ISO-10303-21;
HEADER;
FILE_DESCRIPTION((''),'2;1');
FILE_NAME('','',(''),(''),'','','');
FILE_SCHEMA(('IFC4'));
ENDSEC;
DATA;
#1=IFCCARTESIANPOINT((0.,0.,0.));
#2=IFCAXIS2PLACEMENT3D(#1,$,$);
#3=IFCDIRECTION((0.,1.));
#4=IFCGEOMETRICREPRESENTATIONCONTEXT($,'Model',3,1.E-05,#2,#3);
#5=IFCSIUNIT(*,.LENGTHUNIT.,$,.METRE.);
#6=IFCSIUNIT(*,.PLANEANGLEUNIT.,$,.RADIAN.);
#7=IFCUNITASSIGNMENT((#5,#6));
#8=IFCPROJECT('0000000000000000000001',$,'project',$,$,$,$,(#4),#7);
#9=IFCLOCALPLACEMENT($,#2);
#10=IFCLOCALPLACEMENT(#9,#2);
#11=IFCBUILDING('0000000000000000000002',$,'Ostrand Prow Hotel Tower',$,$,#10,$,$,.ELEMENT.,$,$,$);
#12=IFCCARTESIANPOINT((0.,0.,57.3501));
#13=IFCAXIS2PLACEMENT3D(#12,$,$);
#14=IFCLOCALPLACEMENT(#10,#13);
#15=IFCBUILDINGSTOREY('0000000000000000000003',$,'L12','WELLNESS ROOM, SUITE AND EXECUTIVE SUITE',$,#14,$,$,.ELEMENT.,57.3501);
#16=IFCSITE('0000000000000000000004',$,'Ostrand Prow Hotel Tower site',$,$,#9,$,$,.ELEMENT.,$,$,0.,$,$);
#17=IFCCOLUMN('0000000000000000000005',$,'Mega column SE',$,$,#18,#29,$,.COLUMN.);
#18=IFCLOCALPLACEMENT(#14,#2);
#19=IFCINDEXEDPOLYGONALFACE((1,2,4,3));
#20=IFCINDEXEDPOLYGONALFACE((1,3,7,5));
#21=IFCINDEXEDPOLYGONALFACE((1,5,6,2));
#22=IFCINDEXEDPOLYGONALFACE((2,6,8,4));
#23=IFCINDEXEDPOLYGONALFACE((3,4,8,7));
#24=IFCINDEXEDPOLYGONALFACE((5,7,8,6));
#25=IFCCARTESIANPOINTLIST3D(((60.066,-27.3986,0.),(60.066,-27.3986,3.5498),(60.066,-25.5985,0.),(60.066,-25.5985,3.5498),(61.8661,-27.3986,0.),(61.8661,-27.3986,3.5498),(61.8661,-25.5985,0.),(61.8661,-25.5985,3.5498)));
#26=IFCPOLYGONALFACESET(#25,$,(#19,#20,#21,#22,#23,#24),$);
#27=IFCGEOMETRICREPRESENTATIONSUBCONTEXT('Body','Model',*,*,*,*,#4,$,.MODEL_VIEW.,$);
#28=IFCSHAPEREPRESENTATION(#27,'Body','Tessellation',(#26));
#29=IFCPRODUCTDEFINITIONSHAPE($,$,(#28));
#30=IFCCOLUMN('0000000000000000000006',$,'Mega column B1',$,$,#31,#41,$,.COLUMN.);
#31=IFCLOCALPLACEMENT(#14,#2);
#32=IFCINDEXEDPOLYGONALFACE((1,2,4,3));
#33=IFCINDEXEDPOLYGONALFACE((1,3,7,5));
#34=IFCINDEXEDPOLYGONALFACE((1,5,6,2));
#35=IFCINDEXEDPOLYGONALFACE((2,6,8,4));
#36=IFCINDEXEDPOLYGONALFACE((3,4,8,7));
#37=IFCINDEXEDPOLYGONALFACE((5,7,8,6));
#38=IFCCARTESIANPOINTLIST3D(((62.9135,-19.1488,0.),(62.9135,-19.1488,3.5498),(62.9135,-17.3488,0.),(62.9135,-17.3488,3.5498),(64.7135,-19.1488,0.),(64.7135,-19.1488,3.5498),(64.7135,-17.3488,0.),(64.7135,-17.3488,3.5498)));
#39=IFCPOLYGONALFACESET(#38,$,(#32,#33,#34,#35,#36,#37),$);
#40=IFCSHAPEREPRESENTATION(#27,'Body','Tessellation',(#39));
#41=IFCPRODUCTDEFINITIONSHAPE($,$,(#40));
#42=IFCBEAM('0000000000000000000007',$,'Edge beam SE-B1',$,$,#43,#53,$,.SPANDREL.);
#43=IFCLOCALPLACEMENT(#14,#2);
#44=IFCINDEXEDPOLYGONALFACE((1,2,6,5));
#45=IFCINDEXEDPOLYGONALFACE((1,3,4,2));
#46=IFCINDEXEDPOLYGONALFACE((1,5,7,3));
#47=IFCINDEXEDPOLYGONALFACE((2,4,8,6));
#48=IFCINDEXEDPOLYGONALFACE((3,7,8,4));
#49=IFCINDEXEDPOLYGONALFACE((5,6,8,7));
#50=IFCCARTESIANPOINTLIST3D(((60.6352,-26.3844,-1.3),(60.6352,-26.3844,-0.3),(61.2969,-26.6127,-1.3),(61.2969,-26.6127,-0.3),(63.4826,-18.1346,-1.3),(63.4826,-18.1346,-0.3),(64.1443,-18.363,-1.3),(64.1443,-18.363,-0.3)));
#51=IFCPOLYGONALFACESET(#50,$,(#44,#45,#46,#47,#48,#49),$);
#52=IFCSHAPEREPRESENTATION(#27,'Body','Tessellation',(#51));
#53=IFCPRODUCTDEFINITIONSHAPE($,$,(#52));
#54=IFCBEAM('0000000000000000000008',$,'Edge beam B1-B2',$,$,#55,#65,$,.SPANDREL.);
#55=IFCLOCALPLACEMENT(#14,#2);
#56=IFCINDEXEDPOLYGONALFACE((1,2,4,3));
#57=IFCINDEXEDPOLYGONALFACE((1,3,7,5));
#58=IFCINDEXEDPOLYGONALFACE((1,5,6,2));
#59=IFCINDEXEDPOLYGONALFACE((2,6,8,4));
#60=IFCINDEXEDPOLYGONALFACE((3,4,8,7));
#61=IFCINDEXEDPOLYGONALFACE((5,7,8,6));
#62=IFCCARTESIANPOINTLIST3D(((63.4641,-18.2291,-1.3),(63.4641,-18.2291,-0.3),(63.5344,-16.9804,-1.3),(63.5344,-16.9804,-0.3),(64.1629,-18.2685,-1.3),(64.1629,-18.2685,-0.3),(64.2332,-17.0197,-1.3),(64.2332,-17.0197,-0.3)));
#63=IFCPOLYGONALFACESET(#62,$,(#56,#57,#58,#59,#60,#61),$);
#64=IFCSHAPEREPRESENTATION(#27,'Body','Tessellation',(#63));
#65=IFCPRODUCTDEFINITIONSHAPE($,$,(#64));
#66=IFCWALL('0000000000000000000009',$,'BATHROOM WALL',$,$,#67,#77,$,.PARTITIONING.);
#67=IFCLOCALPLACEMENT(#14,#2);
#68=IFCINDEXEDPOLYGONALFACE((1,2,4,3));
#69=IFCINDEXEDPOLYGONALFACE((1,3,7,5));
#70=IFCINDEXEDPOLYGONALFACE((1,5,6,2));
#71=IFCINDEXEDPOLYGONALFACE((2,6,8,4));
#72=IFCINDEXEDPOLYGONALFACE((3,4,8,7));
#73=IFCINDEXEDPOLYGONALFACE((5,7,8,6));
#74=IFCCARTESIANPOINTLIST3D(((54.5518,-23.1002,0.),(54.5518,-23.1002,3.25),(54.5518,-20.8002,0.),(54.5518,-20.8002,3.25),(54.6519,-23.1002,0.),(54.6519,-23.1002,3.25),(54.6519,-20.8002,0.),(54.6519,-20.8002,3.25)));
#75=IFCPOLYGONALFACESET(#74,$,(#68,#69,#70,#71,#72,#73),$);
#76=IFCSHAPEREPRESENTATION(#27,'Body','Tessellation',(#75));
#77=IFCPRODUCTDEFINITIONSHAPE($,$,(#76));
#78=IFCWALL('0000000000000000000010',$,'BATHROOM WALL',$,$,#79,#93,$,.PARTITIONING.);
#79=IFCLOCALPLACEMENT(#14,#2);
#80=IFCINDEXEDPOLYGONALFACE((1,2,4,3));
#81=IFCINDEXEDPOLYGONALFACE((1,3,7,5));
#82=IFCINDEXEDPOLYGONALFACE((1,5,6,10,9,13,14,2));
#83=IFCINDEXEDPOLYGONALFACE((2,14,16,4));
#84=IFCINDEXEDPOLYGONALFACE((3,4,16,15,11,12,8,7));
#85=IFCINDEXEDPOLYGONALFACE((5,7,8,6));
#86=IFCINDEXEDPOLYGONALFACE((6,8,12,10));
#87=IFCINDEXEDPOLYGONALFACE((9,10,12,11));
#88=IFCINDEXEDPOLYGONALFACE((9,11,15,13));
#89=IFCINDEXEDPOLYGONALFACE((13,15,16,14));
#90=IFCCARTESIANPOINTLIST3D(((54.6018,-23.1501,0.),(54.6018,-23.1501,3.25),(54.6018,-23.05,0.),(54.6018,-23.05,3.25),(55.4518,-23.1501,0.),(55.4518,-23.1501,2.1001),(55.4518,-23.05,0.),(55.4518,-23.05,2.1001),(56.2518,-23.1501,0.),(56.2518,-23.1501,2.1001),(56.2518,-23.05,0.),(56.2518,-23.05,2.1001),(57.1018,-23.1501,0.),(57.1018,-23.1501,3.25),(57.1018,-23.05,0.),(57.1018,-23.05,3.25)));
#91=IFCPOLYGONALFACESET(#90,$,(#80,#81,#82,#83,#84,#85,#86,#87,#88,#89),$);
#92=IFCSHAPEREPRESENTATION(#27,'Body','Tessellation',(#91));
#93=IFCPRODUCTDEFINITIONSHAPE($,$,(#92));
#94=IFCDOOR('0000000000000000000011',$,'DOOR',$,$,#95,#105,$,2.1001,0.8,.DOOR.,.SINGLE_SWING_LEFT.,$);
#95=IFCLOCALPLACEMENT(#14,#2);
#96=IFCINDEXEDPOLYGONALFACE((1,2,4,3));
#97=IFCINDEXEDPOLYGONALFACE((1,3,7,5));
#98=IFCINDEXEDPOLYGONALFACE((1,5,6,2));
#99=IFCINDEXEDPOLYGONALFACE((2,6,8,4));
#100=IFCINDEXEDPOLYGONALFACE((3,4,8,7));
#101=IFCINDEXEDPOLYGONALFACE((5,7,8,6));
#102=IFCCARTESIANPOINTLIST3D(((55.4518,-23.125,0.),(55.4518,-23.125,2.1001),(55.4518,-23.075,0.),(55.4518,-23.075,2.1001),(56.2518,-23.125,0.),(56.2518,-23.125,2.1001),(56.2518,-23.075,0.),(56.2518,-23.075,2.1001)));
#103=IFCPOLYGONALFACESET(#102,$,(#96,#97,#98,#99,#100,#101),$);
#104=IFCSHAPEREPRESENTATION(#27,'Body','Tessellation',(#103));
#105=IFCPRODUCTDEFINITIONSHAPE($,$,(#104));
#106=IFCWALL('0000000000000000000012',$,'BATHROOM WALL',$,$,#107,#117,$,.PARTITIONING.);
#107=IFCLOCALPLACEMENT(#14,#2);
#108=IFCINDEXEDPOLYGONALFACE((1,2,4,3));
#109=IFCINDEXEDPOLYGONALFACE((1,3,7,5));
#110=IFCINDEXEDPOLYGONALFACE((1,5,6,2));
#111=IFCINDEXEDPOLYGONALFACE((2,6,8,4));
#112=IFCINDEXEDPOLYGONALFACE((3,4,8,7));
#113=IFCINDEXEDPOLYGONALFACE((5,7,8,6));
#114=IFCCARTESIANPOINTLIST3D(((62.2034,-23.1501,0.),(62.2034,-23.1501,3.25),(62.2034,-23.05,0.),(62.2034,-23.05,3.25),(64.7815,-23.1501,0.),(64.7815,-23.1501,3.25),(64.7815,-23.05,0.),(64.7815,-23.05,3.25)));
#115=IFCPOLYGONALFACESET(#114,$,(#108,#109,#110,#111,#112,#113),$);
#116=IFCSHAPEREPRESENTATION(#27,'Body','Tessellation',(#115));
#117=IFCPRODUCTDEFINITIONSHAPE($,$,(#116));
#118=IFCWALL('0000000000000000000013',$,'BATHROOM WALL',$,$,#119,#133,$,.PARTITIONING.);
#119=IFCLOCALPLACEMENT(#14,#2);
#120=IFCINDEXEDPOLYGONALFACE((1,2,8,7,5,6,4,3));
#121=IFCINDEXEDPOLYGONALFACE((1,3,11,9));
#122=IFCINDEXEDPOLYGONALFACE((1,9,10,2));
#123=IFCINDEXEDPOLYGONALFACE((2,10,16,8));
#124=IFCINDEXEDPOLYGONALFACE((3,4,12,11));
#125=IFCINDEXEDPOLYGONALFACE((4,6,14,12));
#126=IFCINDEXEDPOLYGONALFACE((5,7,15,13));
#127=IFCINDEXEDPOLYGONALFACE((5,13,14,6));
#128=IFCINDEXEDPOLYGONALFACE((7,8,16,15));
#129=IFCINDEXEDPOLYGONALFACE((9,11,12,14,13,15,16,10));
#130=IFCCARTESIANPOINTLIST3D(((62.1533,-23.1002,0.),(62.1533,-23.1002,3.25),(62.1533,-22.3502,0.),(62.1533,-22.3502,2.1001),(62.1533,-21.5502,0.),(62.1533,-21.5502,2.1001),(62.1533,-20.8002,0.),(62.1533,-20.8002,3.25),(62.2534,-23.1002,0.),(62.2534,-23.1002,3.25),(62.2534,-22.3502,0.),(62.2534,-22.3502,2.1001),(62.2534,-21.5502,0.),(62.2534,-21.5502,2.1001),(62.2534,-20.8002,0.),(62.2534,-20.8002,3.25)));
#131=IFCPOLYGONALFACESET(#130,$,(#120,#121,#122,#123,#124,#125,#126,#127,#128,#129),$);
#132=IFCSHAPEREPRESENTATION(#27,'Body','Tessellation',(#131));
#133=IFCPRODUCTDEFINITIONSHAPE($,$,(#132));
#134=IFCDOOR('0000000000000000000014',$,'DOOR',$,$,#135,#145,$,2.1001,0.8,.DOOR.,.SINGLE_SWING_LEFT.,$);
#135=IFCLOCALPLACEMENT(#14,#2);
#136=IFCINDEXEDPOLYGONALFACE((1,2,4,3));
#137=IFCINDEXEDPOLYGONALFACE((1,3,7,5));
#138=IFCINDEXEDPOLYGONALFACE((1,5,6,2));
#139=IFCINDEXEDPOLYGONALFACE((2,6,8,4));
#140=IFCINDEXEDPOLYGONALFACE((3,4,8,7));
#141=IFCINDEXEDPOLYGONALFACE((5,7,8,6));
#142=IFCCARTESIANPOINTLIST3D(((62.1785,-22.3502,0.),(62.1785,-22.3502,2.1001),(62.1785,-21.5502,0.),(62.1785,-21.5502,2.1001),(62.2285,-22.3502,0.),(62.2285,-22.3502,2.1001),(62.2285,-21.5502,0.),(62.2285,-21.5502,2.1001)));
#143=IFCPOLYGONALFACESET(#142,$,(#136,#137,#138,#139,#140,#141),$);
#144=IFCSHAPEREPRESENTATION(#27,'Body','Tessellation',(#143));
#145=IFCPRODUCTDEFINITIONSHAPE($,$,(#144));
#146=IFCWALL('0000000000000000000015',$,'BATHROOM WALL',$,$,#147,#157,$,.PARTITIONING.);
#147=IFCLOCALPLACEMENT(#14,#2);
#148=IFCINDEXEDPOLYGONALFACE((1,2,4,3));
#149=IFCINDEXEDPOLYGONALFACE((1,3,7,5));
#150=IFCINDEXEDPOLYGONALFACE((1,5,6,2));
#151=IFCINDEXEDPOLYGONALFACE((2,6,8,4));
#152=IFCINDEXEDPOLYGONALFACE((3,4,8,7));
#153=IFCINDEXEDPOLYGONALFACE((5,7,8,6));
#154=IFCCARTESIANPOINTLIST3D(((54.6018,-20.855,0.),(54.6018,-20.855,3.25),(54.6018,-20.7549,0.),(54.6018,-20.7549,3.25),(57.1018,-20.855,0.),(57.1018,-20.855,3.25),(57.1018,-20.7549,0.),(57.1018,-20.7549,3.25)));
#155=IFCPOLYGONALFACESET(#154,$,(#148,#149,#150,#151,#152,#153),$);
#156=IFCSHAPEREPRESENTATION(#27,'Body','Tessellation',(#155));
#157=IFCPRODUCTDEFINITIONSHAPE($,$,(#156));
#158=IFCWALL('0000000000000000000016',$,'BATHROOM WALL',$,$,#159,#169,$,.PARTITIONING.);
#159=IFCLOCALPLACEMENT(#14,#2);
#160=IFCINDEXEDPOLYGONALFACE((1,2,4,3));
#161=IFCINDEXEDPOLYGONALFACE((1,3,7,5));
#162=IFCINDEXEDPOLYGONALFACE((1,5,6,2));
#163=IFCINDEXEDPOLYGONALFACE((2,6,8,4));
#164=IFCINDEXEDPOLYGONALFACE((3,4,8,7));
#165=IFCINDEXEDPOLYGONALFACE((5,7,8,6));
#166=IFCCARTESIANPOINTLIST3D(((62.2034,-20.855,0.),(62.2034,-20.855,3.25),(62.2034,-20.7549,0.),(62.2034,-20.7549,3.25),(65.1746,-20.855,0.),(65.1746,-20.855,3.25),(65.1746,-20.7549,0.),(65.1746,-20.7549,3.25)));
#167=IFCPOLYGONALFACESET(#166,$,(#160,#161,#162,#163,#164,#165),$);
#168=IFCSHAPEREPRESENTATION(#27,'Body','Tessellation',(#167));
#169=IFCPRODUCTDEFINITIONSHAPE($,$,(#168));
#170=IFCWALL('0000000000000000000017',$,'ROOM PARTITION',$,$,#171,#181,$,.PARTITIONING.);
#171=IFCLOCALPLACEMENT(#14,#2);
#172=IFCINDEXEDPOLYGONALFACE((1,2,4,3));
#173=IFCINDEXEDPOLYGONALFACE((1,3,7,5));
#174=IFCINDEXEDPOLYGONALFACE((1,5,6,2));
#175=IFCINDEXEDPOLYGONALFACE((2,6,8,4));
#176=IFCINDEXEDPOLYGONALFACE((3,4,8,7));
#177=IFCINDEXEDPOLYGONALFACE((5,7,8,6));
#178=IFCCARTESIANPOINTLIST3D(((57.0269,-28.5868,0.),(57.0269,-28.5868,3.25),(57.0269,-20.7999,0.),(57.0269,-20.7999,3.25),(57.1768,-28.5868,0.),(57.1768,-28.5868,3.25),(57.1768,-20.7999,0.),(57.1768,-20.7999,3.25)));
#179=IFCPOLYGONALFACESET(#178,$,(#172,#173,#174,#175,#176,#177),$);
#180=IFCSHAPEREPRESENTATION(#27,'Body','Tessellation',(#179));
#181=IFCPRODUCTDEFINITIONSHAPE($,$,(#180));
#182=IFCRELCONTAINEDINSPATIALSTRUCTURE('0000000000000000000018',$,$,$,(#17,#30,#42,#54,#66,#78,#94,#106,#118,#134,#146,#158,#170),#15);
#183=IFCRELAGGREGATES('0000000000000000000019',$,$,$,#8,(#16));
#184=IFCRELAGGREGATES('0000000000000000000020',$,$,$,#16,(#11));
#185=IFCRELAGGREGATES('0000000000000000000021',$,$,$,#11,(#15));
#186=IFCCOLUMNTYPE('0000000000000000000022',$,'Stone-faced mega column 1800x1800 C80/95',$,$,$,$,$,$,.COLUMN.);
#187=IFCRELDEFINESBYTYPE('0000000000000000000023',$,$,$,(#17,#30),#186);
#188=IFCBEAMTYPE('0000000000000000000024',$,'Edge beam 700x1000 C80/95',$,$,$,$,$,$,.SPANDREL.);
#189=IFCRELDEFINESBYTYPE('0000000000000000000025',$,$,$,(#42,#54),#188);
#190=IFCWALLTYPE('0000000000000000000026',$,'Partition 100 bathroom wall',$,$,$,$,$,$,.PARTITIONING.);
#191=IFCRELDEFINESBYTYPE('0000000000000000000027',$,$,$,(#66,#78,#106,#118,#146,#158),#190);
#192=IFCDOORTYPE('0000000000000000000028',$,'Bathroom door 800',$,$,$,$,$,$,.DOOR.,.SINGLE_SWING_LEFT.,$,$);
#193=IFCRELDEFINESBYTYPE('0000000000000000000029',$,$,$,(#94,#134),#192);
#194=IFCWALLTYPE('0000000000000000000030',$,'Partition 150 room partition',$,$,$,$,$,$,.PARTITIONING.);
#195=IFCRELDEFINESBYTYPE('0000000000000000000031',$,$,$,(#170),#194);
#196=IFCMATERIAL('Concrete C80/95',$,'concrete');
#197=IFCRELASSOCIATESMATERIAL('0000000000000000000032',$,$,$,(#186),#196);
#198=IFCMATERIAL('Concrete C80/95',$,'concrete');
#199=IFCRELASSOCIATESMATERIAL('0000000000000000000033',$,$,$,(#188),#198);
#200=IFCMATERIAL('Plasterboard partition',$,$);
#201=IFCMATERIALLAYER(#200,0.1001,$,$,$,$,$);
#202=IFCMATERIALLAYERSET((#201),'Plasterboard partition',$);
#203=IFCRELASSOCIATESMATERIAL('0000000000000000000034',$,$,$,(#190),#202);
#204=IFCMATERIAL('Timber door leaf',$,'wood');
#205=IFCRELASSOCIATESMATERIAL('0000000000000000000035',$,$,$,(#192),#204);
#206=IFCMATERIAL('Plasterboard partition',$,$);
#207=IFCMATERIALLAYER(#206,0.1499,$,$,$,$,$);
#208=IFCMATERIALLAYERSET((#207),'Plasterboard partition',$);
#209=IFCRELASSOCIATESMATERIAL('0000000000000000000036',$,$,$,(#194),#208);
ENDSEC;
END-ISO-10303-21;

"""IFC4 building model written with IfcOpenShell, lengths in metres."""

from ifc_helpers import new_model, si_unit, direction, frame, frame_2d, origin, origin_2d, place, context, subcontext, project, spatial, rectangle, extrude, material, layer, layer_set, material_profile, profile_set, type_object, element, fill, save


model = new_model("IFC4")

# Units and contexts
model_context = context("Model", 3, precision=1e-05, world=origin(), true_north=direction((0.0, 1.0)))
body_context = subcontext(model_context, "Body", "Model", "MODEL_VIEW")
ifc_project = project(units=[si_unit("LENGTHUNIT", "METRE"), si_unit("PLANEANGLEUNIT", "RADIAN")], contexts=[model_context])

# Site, building, storey
site_placement = place(None, origin())
site = spatial("IfcSite", under=ifc_project, at=site_placement, Name="Ostrand Prow Hotel Tower site", CompositionType="ELEMENT", RefElevation=0.0)
building_placement = place(site_placement, origin())
building = spatial("IfcBuilding", under=site, at=building_placement, Name="Ostrand Prow Hotel Tower", CompositionType="ELEMENT")
storey_placement = place(building_placement, frame((0.0, 0.0, 57.3501)))
storey = spatial("IfcBuildingStorey", under=building, at=storey_placement, Name="L12", Description="WELLNESS ROOM, SUITE AND EXECUTIVE SUITE", CompositionType="ELEMENT", Elevation=57.3501)

# Columns
ifc_material_1 = material(Name="Concrete C80/95", Category="concrete")
ifc_material_profile_1 = material_profile(ifc_material_1, rectangle(XDim=1.8, YDim=1.8, at=origin_2d()), Name="RC 1800x1800")
ifc_profile_set_1 = profile_set([ifc_material_profile_1], Name="Concrete C80/95")
column_type = type_object("IfcColumnType", Name="Stone-faced mega column 1800x1800 C80/95", PredefinedType="COLUMN", material=ifc_profile_set_1)
for number, where, z_axis, x_axis, name in (
    (1, (60.9661, -26.4985, 0.0), (0.0, 0.0, 1.0), (1.0, 0.0, 0.0), "Mega column SE"),
    (2, (63.8135, -18.2488, 0.0), (0.0, 0.0, 1.0), (1.0, 0.0, 0.0), "Mega column B1"),
):
    element("IfcColumn", number, at=place(storey_placement, frame(where, z_axis=z_axis, x_axis=x_axis)), inside=storey, type_object=column_type, Name=name, PredefinedType="COLUMN", context=body_context, shape_type="SweptSolid", body=[
        extrude(rectangle(XDim=1.8, YDim=1.8, at=origin_2d()), origin(), (0.0, 0.0, 1.0), 3.5498),
    ])

# Beams
ifc_material_2 = material(Name="Concrete C80/95", Category="concrete")
ifc_material_profile_2 = material_profile(ifc_material_2, rectangle(XDim=0.7, YDim=1.0, at=origin_2d()), Name="RC 700x1000")
ifc_profile_set_2 = profile_set([ifc_material_profile_2], Name="Concrete C80/95")
beam_type = type_object("IfcBeamType", Name="Edge beam 700x1000 C80/95", PredefinedType="SPANDREL", material=ifc_profile_set_2)
beam_1_placement = place(storey_placement, frame((60.9661, -26.4985, -0.8), z_axis=(0.326264, 0.945279, 0.0), x_axis=(-0.945279, 0.326264, 0.0)))
element("IfcBeam", 3, at=beam_1_placement, inside=storey, type_object=beam_type, Name="Edge beam SE-B1", PredefinedType="SPANDREL", context=body_context, shape_type="SweptSolid", body=[
    extrude(rectangle(XDim=0.7, YDim=1.0, at=origin_2d()), origin(), (0.0, 0.0, 1.0), 8.7273),
])
beam_2_placement = place(storey_placement, frame((63.8135, -18.2488, -0.8), z_axis=(0.056216, 0.998419, 0.0), x_axis=(-0.998419, 0.056216, 0.0)))
element("IfcBeam", 4, at=beam_2_placement, inside=storey, type_object=beam_type, Name="Edge beam B1-B2", PredefinedType="SPANDREL", context=body_context, shape_type="SweptSolid", body=[
    extrude(rectangle(XDim=0.7, YDim=1.0, at=origin_2d()), origin(), (0.0, 0.0, 1.0), 1.2507),
])

# Wall
ifc_material_3 = material(Name="Plasterboard partition")
ifc_layer_1 = layer(ifc_material_3, 0.1001)
ifc_layer_set_1 = layer_set([ifc_layer_1], Name="Plasterboard partition")
wall_type_1 = type_object("IfcWallType", Name="Partition 100 bathroom wall", PredefinedType="PARTITIONING", material=ifc_layer_set_1)
wall_1_placement = place(storey_placement, frame((54.6018, -23.1001, 0.0), z_axis=(0.0, 0.0, 1.0), x_axis=(0.0, 1.0, 0.0)))
element("IfcWall", 5, at=wall_1_placement, inside=storey, type_object=wall_type_1, Name="BATHROOM WALL", PredefinedType="PARTITIONING", context=body_context, shape_type="SweptSolid", body=[
    extrude(rectangle(XDim=2.3, YDim=0.1001, at=frame_2d((1.1499, 0.0))), origin(), (0.0, 0.0, 1.0), 3.25),
])

# Wall, opening, door
wall_2_placement = place(storey_placement, frame((57.1018, -23.1001, 0.0), z_axis=(0.0, 0.0, 1.0), x_axis=(-1.0, 0.0, 0.0)))
wall_2 = element("IfcWall", 6, at=wall_2_placement, inside=storey, type_object=wall_type_1, Name="BATHROOM WALL", PredefinedType="PARTITIONING", context=body_context, shape_type="SweptSolid", body=[
    extrude(rectangle(XDim=2.5, YDim=0.1001, at=frame_2d((1.25, 0.0))), origin(), (0.0, 0.0, 1.0), 3.25),
])
opening_1_placement = place(wall_2_placement, frame((0.8501, 0.0, 0.0)))
opening_1 = element("IfcOpeningElement", 7, at=opening_1_placement, cuts=wall_2, PredefinedType="OPENING", context=body_context, shape_type="SweptSolid", body=[
    extrude(rectangle(XDim=0.8, YDim=2.1001, at=frame_2d((0.3999, 1.05))), frame((0.0, 0.0601, 0.0), z_axis=(0.0, -1.0, 0.0), x_axis=(1.0, 0.0, 0.0)), (0.0, 0.0, 1.0), 0.1201),
])
ifc_material_4 = material(Name="Timber door leaf", Category="wood")
door_type_1 = type_object("IfcDoorType", Name="Bathroom door 800", OperationType="SINGLE_SWING_LEFT", PredefinedType="DOOR", material=ifc_material_4)
door_1_placement = place(opening_1_placement, origin())
door_1 = element("IfcDoor", 8, at=door_1_placement, inside=storey, type_object=door_type_1, Name="DOOR", OperationType="SINGLE_SWING_LEFT", OverallHeight=2.1001, OverallWidth=0.8, PredefinedType="DOOR", context=body_context, shape_type="SweptSolid", body=[
    extrude(rectangle(XDim=0.8, YDim=2.1001, at=frame_2d((0.3999, 1.05))), frame((0.0, 0.0249, 0.0), z_axis=(0.0, -1.0, 0.0), x_axis=(1.0, 0.0, 0.0)), (0.0, 0.0, 1.0), 0.05),
])
fill(opening_1, door_1)

# Wall
wall_3_placement = place(storey_placement, frame((64.7815, -23.1001, 0.0), z_axis=(0.0, 0.0, 1.0), x_axis=(-1.0, 0.0, 0.0)))
element("IfcWall", 9, at=wall_3_placement, inside=storey, type_object=wall_type_1, Name="BATHROOM WALL", PredefinedType="PARTITIONING", context=body_context, shape_type="SweptSolid", body=[
    extrude(rectangle(XDim=2.5781, YDim=0.1001, at=frame_2d((1.2891, 0.0))), origin(), (0.0, 0.0, 1.0), 3.25),
])

# Wall, opening, door
wall_4_placement = place(storey_placement, frame((62.2034, -23.1001, 0.0), z_axis=(0.0, 0.0, 1.0), x_axis=(0.0, 1.0, 0.0)))
wall_4 = element("IfcWall", 10, at=wall_4_placement, inside=storey, type_object=wall_type_1, Name="BATHROOM WALL", PredefinedType="PARTITIONING", context=body_context, shape_type="SweptSolid", body=[
    extrude(rectangle(XDim=2.3, YDim=0.1001, at=frame_2d((1.1499, 0.0))), origin(), (0.0, 0.0, 1.0), 3.25),
])
opening_2_placement = place(wall_4_placement, frame((0.75, 0.0, 0.0)))
opening_2 = element("IfcOpeningElement", 11, at=opening_2_placement, cuts=wall_4, PredefinedType="OPENING", context=body_context, shape_type="SweptSolid", body=[
    extrude(rectangle(XDim=0.8, YDim=2.1001, at=frame_2d((0.3999, 1.05))), frame((0.0, 0.0601, 0.0), z_axis=(0.0, -1.0, 0.0), x_axis=(1.0, 0.0, 0.0)), (0.0, 0.0, 1.0), 0.1201),
])
door_2_placement = place(opening_2_placement, origin())
door_2 = element("IfcDoor", 12, at=door_2_placement, inside=storey, type_object=door_type_1, Name="DOOR", OperationType="SINGLE_SWING_LEFT", OverallHeight=2.1001, OverallWidth=0.8, PredefinedType="DOOR", context=body_context, shape_type="SweptSolid", body=[
    extrude(rectangle(XDim=0.8, YDim=2.1001, at=frame_2d((0.3999, 1.05))), frame((0.0, 0.0249, 0.0), z_axis=(0.0, -1.0, 0.0), x_axis=(1.0, 0.0, 0.0)), (0.0, 0.0, 1.0), 0.05),
])
fill(opening_2, door_2)

# Walls
wall_5_placement = place(storey_placement, frame((54.6018, -20.8049, 0.0), z_axis=(0.0, 0.0, 1.0), x_axis=(1.0, 0.0, 0.0)))
element("IfcWall", 13, at=wall_5_placement, inside=storey, type_object=wall_type_1, Name="BATHROOM WALL", PredefinedType="PARTITIONING", context=body_context, shape_type="SweptSolid", body=[
    extrude(rectangle(XDim=2.5, YDim=0.1001, at=frame_2d((1.25, 0.0))), origin(), (0.0, 0.0, 1.0), 3.25),
])
wall_6_placement = place(storey_placement, frame((62.2034, -20.8049, 0.0), z_axis=(0.0, 0.0, 1.0), x_axis=(1.0, 0.0, 0.0)))
element("IfcWall", 14, at=wall_6_placement, inside=storey, type_object=wall_type_1, Name="BATHROOM WALL", PredefinedType="PARTITIONING", context=body_context, shape_type="SweptSolid", body=[
    extrude(rectangle(XDim=2.9712, YDim=0.1001, at=frame_2d((1.4856, 0.0))), origin(), (0.0, 0.0, 1.0), 3.25),
])
ifc_material_5 = material(Name="Plasterboard partition")
ifc_layer_2 = layer(ifc_material_5, 0.1499)
ifc_layer_set_2 = layer_set([ifc_layer_2], Name="Plasterboard partition")
wall_type_2 = type_object("IfcWallType", Name="Partition 150 room partition", PredefinedType="PARTITIONING", material=ifc_layer_set_2)
wall_7_placement = place(storey_placement, frame((57.1018, -28.5869, 0.0), z_axis=(0.0, 0.0, 1.0), x_axis=(0.0, 1.0, 0.0)))
element("IfcWall", 15, at=wall_7_placement, inside=storey, type_object=wall_type_2, Name="ROOM PARTITION", PredefinedType="PARTITIONING", context=body_context, shape_type="SweptSolid", body=[
    extrude(rectangle(XDim=7.7869, YDim=0.1499, at=frame_2d((3.8936, 0.0))), origin(), (0.0, 0.0, 1.0), 3.25),
])

save(model, "model.ifc")
